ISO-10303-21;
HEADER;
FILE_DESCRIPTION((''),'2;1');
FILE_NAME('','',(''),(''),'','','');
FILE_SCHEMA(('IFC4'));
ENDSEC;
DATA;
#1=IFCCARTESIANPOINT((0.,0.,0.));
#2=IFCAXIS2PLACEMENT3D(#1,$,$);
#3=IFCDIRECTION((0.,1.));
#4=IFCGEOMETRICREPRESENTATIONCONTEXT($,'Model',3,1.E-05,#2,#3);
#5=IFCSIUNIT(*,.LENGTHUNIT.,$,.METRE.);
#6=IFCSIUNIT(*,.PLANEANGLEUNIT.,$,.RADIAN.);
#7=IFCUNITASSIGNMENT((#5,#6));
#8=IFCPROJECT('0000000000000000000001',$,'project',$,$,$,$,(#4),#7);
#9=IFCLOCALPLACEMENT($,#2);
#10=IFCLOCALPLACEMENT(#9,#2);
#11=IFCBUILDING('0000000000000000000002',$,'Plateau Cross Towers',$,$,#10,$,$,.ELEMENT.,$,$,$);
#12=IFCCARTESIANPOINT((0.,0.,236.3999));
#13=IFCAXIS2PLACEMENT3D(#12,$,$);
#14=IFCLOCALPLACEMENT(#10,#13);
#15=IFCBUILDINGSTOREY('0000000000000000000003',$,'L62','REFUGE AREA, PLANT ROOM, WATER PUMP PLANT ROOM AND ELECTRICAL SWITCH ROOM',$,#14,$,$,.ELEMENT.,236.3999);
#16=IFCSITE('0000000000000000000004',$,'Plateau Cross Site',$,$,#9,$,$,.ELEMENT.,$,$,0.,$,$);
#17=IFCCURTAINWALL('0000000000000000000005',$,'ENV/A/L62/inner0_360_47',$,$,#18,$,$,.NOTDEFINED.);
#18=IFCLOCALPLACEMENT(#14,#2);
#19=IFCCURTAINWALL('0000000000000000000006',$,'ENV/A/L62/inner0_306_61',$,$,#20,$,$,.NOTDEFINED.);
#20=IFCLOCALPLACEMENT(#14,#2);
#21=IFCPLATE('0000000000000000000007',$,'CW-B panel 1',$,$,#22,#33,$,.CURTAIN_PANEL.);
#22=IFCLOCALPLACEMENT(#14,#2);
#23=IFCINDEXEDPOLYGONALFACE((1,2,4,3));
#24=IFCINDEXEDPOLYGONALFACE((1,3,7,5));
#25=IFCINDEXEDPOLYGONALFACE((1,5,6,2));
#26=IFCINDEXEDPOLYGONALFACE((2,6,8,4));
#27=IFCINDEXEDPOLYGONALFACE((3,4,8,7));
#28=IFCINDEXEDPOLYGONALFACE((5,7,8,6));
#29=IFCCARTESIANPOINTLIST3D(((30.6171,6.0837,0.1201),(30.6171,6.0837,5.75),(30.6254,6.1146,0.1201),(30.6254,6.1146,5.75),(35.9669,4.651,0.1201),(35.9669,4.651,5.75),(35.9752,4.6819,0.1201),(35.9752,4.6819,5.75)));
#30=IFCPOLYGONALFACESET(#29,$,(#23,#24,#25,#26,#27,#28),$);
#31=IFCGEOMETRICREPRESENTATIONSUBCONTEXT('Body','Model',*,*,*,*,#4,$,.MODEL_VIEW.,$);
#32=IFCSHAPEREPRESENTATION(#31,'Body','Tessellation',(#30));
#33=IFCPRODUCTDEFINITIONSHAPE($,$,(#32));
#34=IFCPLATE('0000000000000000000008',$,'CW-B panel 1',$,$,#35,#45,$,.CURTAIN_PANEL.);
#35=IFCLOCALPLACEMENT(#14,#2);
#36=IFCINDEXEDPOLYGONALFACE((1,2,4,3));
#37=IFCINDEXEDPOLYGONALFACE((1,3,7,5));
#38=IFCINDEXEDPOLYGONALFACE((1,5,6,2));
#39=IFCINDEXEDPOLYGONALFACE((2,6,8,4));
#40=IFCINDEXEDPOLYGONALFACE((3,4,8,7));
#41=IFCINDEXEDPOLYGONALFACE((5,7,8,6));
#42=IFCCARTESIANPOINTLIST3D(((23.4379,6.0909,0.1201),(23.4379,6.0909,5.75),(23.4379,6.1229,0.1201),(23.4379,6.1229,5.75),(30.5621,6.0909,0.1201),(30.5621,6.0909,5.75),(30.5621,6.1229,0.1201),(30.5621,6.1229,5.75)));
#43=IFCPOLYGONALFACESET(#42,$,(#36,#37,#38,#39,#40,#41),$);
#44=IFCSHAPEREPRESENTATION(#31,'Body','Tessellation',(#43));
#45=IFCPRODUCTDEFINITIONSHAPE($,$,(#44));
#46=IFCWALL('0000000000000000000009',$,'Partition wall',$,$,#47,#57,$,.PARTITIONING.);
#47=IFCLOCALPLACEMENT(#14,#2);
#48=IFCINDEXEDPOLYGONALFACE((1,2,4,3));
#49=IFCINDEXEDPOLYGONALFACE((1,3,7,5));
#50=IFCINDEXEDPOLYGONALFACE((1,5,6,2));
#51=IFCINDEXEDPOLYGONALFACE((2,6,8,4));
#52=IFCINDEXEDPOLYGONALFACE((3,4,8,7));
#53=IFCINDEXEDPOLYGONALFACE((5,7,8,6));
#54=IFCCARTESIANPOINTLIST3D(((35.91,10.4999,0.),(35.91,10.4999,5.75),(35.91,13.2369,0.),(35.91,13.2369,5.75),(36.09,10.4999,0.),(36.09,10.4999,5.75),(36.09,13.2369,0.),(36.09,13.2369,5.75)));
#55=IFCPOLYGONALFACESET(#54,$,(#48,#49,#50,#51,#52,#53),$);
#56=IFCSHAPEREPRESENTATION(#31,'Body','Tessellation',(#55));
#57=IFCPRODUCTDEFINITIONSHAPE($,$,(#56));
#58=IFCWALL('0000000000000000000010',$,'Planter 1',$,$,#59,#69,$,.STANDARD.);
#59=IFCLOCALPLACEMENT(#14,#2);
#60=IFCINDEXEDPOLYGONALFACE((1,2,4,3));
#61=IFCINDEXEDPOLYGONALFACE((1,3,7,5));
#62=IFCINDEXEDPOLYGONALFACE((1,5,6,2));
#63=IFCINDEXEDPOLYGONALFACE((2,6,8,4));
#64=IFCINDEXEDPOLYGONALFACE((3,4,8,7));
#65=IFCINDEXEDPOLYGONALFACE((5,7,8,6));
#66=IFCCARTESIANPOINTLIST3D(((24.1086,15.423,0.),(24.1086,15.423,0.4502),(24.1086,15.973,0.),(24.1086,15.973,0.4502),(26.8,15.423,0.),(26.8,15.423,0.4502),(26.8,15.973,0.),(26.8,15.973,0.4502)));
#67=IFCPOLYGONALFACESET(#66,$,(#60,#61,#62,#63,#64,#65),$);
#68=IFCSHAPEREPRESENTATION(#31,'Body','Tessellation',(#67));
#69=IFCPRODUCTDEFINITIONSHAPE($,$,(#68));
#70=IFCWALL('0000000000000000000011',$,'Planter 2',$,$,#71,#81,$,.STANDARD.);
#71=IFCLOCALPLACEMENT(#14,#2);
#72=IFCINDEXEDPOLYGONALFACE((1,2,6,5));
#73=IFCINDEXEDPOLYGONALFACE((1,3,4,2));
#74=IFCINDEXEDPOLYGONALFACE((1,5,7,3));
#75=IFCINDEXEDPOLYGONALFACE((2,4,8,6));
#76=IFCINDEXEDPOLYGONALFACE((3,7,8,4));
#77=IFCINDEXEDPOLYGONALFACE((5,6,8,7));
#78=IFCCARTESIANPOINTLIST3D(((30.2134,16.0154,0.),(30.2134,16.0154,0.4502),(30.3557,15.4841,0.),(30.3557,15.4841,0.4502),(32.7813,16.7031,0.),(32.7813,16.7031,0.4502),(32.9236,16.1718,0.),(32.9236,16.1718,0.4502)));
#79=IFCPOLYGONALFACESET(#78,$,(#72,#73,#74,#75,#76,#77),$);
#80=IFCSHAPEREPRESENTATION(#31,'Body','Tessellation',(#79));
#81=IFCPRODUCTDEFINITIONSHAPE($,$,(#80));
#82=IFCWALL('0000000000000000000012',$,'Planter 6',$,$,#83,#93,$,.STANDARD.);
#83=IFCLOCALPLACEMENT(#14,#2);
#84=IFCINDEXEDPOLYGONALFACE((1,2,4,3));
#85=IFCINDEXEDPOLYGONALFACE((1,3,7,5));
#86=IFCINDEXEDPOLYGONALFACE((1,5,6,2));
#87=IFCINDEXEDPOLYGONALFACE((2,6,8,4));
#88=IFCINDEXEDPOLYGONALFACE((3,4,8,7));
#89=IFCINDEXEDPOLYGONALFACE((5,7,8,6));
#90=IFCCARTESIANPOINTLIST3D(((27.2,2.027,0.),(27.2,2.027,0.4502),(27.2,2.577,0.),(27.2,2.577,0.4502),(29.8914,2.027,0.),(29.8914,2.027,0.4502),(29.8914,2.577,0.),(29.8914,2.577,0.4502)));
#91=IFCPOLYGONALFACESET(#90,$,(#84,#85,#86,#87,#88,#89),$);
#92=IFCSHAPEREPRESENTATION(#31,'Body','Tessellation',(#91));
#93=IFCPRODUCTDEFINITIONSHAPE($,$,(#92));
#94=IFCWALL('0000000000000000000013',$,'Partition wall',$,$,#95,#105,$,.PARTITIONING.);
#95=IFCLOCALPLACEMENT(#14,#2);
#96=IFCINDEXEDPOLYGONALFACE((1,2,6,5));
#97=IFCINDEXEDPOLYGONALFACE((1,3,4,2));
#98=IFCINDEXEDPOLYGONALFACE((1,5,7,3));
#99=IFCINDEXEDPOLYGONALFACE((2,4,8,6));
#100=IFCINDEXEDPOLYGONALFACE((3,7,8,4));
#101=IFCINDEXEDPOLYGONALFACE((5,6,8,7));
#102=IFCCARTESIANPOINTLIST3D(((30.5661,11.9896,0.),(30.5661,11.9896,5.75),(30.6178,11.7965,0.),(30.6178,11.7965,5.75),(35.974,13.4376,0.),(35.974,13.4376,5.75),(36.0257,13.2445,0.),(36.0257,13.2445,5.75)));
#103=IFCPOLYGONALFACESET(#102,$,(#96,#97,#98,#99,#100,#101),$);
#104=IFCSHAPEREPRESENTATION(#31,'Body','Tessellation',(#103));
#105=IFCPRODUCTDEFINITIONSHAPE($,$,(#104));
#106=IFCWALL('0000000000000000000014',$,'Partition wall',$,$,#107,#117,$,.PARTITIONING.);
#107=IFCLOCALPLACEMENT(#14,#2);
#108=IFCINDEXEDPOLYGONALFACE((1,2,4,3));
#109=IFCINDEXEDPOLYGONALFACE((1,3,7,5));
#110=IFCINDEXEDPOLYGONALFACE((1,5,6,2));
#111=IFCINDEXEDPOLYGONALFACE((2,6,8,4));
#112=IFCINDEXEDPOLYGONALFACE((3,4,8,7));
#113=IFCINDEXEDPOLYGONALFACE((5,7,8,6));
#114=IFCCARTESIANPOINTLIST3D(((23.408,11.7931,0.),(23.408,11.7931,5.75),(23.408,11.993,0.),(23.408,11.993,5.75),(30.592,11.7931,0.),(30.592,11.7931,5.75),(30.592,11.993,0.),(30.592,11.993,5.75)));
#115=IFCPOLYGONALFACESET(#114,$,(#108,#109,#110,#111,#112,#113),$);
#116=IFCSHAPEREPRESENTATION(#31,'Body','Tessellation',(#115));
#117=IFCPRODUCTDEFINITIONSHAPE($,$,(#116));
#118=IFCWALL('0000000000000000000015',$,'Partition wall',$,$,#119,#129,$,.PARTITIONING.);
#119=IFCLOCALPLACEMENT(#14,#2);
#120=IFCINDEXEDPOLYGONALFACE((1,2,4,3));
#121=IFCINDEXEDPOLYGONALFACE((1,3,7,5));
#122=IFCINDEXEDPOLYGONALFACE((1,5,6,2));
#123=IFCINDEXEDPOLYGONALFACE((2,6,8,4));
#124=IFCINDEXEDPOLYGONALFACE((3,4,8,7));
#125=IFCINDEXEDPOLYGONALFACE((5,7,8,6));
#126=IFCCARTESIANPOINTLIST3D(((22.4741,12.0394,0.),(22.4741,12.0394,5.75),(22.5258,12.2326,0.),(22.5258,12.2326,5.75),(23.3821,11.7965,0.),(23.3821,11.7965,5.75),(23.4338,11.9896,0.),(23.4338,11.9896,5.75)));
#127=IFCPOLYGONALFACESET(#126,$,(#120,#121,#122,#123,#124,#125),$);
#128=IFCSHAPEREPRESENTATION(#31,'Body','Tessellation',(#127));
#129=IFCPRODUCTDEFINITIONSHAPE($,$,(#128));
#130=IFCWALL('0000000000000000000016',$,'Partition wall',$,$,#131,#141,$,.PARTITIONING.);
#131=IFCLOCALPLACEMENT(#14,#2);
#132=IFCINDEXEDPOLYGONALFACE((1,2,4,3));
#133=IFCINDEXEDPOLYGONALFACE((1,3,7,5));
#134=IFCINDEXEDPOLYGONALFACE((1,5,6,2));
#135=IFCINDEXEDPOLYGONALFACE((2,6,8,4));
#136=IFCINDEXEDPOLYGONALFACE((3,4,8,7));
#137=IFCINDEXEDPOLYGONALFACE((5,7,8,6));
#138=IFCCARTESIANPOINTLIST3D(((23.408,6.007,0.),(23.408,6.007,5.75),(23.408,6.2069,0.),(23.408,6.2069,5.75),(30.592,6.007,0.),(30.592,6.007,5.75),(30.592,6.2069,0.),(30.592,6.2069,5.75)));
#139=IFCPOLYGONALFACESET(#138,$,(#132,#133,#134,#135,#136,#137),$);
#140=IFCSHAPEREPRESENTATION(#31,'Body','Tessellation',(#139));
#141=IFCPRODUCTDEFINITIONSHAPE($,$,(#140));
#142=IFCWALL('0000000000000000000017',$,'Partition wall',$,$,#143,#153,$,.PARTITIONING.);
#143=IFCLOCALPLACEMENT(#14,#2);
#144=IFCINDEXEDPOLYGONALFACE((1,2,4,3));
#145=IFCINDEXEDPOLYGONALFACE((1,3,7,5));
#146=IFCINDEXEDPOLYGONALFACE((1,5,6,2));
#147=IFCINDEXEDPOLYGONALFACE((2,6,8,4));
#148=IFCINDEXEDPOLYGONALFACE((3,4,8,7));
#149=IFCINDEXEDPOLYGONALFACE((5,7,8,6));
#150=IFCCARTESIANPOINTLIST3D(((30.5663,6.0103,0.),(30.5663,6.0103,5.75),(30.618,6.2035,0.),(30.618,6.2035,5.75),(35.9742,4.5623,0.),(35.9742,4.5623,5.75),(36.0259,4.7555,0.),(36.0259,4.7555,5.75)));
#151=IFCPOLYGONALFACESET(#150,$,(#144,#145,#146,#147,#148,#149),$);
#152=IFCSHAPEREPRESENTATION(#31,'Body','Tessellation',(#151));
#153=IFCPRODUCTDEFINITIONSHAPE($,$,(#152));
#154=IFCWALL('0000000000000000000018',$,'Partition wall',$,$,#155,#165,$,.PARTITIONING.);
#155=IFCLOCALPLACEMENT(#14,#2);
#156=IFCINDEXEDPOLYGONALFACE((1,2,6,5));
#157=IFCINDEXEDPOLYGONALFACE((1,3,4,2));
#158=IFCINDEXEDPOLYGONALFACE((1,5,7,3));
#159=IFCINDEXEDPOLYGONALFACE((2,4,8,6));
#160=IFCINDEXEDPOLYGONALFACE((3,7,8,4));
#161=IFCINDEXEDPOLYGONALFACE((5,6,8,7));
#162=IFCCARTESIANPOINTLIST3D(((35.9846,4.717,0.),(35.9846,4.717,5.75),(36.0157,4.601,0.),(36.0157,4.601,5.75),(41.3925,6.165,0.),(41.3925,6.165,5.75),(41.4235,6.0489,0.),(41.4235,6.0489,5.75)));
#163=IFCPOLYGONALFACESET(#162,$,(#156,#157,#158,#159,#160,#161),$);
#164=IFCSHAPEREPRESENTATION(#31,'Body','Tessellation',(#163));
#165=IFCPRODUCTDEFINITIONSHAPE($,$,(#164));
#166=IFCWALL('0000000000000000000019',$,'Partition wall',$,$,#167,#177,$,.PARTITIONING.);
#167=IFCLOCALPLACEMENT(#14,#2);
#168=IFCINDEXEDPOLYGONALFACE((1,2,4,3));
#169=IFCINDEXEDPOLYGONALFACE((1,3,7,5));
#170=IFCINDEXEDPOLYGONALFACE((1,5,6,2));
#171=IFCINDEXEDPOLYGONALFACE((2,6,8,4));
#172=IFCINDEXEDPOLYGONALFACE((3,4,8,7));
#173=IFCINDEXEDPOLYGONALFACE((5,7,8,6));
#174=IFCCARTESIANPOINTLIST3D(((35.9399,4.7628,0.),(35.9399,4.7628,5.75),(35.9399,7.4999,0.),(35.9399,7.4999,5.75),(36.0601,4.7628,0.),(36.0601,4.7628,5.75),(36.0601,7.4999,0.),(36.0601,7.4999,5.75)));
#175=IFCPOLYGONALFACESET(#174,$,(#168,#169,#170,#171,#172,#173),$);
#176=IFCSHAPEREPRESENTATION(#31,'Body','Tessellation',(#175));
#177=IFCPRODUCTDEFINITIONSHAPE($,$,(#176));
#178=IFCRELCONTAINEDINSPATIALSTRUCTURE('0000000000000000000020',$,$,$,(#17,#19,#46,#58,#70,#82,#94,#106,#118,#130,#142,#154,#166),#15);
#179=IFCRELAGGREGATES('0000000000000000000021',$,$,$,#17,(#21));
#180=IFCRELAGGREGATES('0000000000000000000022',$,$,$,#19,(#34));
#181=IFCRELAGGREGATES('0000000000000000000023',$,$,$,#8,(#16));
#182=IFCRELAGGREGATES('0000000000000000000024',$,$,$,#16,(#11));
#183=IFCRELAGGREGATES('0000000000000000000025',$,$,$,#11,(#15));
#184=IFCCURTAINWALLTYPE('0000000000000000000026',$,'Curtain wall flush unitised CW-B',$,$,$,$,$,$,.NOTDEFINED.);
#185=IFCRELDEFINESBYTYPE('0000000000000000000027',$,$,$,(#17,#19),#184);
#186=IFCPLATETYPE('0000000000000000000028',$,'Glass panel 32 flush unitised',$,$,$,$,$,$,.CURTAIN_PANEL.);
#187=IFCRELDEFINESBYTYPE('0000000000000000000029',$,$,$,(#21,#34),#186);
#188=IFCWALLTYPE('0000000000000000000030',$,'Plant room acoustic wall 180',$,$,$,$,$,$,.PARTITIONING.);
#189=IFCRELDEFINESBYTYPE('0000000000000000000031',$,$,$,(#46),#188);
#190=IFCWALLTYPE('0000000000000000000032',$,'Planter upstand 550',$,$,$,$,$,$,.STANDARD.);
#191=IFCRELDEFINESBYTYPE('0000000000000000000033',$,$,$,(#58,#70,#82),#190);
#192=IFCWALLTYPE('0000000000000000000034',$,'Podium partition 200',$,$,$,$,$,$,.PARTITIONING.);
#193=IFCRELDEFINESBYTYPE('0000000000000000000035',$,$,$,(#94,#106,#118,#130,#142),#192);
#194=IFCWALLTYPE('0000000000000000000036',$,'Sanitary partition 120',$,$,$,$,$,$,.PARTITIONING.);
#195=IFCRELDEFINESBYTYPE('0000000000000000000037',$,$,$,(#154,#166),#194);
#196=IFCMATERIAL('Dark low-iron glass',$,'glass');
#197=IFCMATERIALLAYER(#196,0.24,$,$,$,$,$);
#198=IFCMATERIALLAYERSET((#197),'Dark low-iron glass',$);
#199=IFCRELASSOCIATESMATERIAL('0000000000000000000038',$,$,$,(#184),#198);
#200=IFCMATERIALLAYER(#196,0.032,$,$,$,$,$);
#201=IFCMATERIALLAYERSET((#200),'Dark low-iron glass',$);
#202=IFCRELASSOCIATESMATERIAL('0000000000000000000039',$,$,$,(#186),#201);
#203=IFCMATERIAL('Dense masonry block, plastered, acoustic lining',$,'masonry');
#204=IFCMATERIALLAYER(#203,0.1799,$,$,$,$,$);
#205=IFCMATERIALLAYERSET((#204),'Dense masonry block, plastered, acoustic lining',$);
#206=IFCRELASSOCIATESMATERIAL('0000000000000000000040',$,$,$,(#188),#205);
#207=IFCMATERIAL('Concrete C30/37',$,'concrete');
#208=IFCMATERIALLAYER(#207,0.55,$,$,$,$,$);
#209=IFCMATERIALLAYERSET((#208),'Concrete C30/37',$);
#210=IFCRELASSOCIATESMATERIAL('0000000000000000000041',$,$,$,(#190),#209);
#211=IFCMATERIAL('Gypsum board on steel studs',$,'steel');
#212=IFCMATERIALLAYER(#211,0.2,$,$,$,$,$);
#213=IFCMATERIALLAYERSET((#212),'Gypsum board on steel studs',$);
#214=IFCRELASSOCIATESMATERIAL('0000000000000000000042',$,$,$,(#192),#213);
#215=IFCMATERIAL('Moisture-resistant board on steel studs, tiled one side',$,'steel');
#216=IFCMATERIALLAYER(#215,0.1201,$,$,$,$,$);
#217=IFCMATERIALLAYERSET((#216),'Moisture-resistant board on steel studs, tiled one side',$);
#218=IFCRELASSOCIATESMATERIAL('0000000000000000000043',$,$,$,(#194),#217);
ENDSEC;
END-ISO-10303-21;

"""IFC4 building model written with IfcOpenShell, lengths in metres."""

from ifc_helpers import new_model, si_unit, direction, frame, frame_2d, origin, origin_2d, place, context, subcontext, project, spatial, rectangle, extrude, material, layer, layer_set, type_object, element, aggregate, save


model = new_model("IFC4")

# Units and contexts
model_context = context("Model", 3, precision=1e-05, world=origin(), true_north=direction((0.0, 1.0)))
body_context = subcontext(model_context, "Body", "Model", "MODEL_VIEW")
ifc_project = project(units=[si_unit("LENGTHUNIT", "METRE"), si_unit("PLANEANGLEUNIT", "RADIAN")], contexts=[model_context])

# Site, building, storey
site_placement = place(None, origin())
site = spatial("IfcSite", under=ifc_project, at=site_placement, Name="Plateau Cross Site", CompositionType="ELEMENT", RefElevation=0.0)
building_placement = place(site_placement, origin())
building = spatial("IfcBuilding", under=site, at=building_placement, Name="Plateau Cross Towers", CompositionType="ELEMENT")
storey_placement = place(building_placement, frame((0.0, 0.0, 236.3999)))
storey = spatial("IfcBuildingStorey", under=building, at=storey_placement, Name="L62", Description="REFUGE AREA, PLANT ROOM, WATER PUMP PLANT ROOM AND ELECTRICAL SWITCH ROOM", CompositionType="ELEMENT", Elevation=236.3999)

# Curtain wall
ifc_material_1 = material(Name="Dark low-iron glass", Category="glass")
ifc_layer_1 = layer(ifc_material_1, 0.24)
ifc_layer_set_1 = layer_set([ifc_layer_1], Name="Dark low-iron glass")
curtain_wall_type = type_object("IfcCurtainWallType", Name="Curtain wall flush unitised CW-B", PredefinedType="NOTDEFINED", material=ifc_layer_set_1)
curtain_wall_1_placement = place(storey_placement, origin())
curtain_wall_1 = element("IfcCurtainWall", 1, at=curtain_wall_1_placement, inside=storey, type_object=curtain_wall_type, Name="ENV/A/L62/inner0_360_47", PredefinedType="NOTDEFINED")

# Curtain wall
curtain_wall_2_placement = place(storey_placement, origin())
curtain_wall_2 = element("IfcCurtainWall", 2, at=curtain_wall_2_placement, inside=storey, type_object=curtain_wall_type, Name="ENV/A/L62/inner0_306_61", PredefinedType="NOTDEFINED")

# Shared definitions
ifc_layer_2 = layer(ifc_material_1, 0.032)
ifc_layer_set_2 = layer_set([ifc_layer_2], Name="Dark low-iron glass")
plate_type = type_object("IfcPlateType", Name="Glass panel 32 flush unitised", PredefinedType="CURTAIN_PANEL", material=ifc_layer_set_2)

# Plates
plate_1_placement = place(storey_placement, frame((33.2961, 5.3828, 0.1201), z_axis=(0.0, 0.0, 1.0), x_axis=(-0.965958, 0.258699, 0.0)))
plate_1 = element("IfcPlate", 3, at=plate_1_placement, type_object=plate_type, Name="CW-B panel 1", PredefinedType="CURTAIN_PANEL", context=body_context, shape_type="SweptSolid", body=[
    extrude(rectangle(XDim=5.5383, YDim=0.032, at=origin_2d()), origin(), (0.0, 0.0, 1.0), 5.6299),
])
aggregate(curtain_wall_1, [plate_1])
plate_2_placement = place(storey_placement, frame((27.0, 6.1069, 0.1201), z_axis=(0.0, 0.0, 1.0), x_axis=(-1.0, 0.0, 0.0)))
plate_2 = element("IfcPlate", 4, at=plate_2_placement, type_object=plate_type, Name="CW-B panel 1", PredefinedType="CURTAIN_PANEL", context=body_context, shape_type="SweptSolid", body=[
    extrude(rectangle(XDim=7.1243, YDim=0.032, at=origin_2d()), origin(), (0.0, 0.0, 1.0), 5.6299),
])
aggregate(curtain_wall_2, [plate_2])

# Walls
ifc_material_2 = material(Name="Dense masonry block, plastered, acoustic lining", Category="masonry")
ifc_layer_3 = layer(ifc_material_2, 0.1799)
ifc_layer_set_3 = layer_set([ifc_layer_3], Name="Dense masonry block, plastered, acoustic lining")
wall_type_1 = type_object("IfcWallType", Name="Plant room acoustic wall 180", PredefinedType="PARTITIONING", material=ifc_layer_set_3)
wall_1_placement = place(storey_placement, frame((36.0, 13.2371, 0.0), z_axis=(0.0, 0.0, 1.0), x_axis=(0.0, -1.0, 0.0)))
element("IfcWall", 5, at=wall_1_placement, inside=storey, type_object=wall_type_1, Name="Partition wall", PredefinedType="PARTITIONING", context=body_context, shape_type="SweptSolid", body=[
    extrude(rectangle(XDim=2.7371, YDim=0.1799, at=frame_2d((1.3687, 0.0))), origin(), (0.0, 0.0, 1.0), 5.75),
])
ifc_material_3 = material(Name="Concrete C30/37", Category="concrete")
ifc_layer_4 = layer(ifc_material_3, 0.55)
ifc_layer_set_4 = layer_set([ifc_layer_4], Name="Concrete C30/37")
wall_type_2 = type_object("IfcWallType", Name="Planter upstand 550", PredefinedType="STANDARD", material=ifc_layer_set_4)
wall_2_placement = place(storey_placement, frame((24.1086, 15.698, 0.0), z_axis=(0.0, 0.0, 1.0), x_axis=(1.0, 0.0, 0.0)))
element("IfcWall", 6, at=wall_2_placement, inside=storey, type_object=wall_type_2, Name="Planter 1", PredefinedType="STANDARD", context=body_context, shape_type="SweptSolid", body=[
    extrude(rectangle(XDim=2.6914, YDim=0.55, at=frame_2d((1.3457, 0.0))), origin(), (0.0, 0.0, 1.0), 0.4502),
])
wall_3_placement = place(storey_placement, frame((30.2847, 15.7498, 0.0), z_axis=(0.0, 0.0, 1.0), x_axis=(0.965955, 0.258709, 0.0)))
element("IfcWall", 7, at=wall_3_placement, inside=storey, type_object=wall_type_2, Name="Planter 2", PredefinedType="STANDARD", context=body_context, shape_type="SweptSolid", body=[
    extrude(rectangle(XDim=2.6584, YDim=0.55, at=frame_2d((1.3291, 0.0))), origin(), (0.0, 0.0, 1.0), 0.4502),
])
wall_4_placement = place(storey_placement, frame((29.8914, 2.302, 0.0), z_axis=(0.0, 0.0, 1.0), x_axis=(-1.0, 0.0, 0.0)))
element("IfcWall", 8, at=wall_4_placement, inside=storey, type_object=wall_type_2, Name="Planter 6", PredefinedType="STANDARD", context=body_context, shape_type="SweptSolid", body=[
    extrude(rectangle(XDim=2.6914, YDim=0.55, at=frame_2d((1.3457, 0.0))), origin(), (0.0, 0.0, 1.0), 0.4502),
])
ifc_material_4 = material(Name="Gypsum board on steel studs", Category="steel")
ifc_layer_5 = layer(ifc_material_4, 0.2)
ifc_layer_set_5 = layer_set([ifc_layer_5], Name="Gypsum board on steel studs")
wall_type_3 = type_object("IfcWallType", Name="Podium partition 200", PredefinedType="PARTITIONING", material=ifc_layer_set_5)
wall_5_placement = place(storey_placement, frame((36.0, 13.3411, 0.0), z_axis=(0.0, 0.0, 1.0), x_axis=(-0.965973, -0.258642, 0.0)))
element("IfcWall", 9, at=wall_5_placement, inside=storey, type_object=wall_type_3, Name="Partition wall", PredefinedType="PARTITIONING", context=body_context, shape_type="SweptSolid", body=[
    extrude(rectangle(XDim=5.5984, YDim=0.2, at=frame_2d((2.7993, 0.0))), origin(), (0.0, 0.0, 1.0), 5.75),
])
wall_6_placement = place(storey_placement, frame((30.592, 11.8931, 0.0), z_axis=(0.0, 0.0, 1.0), x_axis=(-1.0, 0.0, 0.0)))
element("IfcWall", 10, at=wall_6_placement, inside=storey, type_object=wall_type_3, Name="Partition wall", PredefinedType="PARTITIONING", context=body_context, shape_type="SweptSolid", body=[
    extrude(rectangle(XDim=7.1841, YDim=0.2, at=frame_2d((3.592, 0.0))), origin(), (0.0, 0.0, 1.0), 5.75),
])
wall_7_placement = place(storey_placement, frame((23.408, 11.8931, 0.0), z_axis=(0.0, 0.0, 1.0), x_axis=(-0.966023, 0.258455, 0.0)))
element("IfcWall", 11, at=wall_7_placement, inside=storey, type_object=wall_type_3, Name="Partition wall", PredefinedType="PARTITIONING", context=body_context, shape_type="SweptSolid", body=[
    extrude(rectangle(XDim=0.9399, YDim=0.2, at=frame_2d((0.47, 0.0))), origin(), (0.0, 0.0, 1.0), 5.75),
])
wall_8_placement = place(storey_placement, frame((23.408, 6.1069, 0.0), z_axis=(0.0, 0.0, 1.0), x_axis=(1.0, 0.0, 0.0)))
element("IfcWall", 12, at=wall_8_placement, inside=storey, type_object=wall_type_3, Name="Partition wall", PredefinedType="PARTITIONING", context=body_context, shape_type="SweptSolid", body=[
    extrude(rectangle(XDim=7.1841, YDim=0.2, at=frame_2d((3.592, 0.0))), origin(), (0.0, 0.0, 1.0), 5.75),
])
wall_9_placement = place(storey_placement, frame((30.592, 6.1069, 0.0), z_axis=(0.0, 0.0, 1.0), x_axis=(0.965973, -0.258642, 0.0)))
element("IfcWall", 13, at=wall_9_placement, inside=storey, type_object=wall_type_3, Name="Partition wall", PredefinedType="PARTITIONING", context=body_context, shape_type="SweptSolid", body=[
    extrude(rectangle(XDim=5.5984, YDim=0.2, at=frame_2d((2.7993, 0.0))), origin(), (0.0, 0.0, 1.0), 5.75),
])
ifc_material_5 = material(Name="Moisture-resistant board on steel studs, tiled one side", Category="steel")
ifc_layer_6 = layer(ifc_material_5, 0.1201)
ifc_layer_set_6 = layer_set([ifc_layer_6], Name="Moisture-resistant board on steel studs, tiled one side")
wall_type_4 = type_object("IfcWallType", Name="Sanitary partition 120", PredefinedType="PARTITIONING", material=ifc_layer_set_6)
wall_10_placement = place(storey_placement, frame((36.0, 4.6589, 0.0), z_axis=(0.0, 0.0, 1.0), x_axis=(0.965973, 0.258642, 0.0)))
element("IfcWall", 14, at=wall_10_placement, inside=storey, type_object=wall_type_4, Name="Partition wall", PredefinedType="PARTITIONING", context=body_context, shape_type="SweptSolid", body=[
    extrude(rectangle(XDim=5.5984, YDim=0.1201, at=frame_2d((2.7993, 0.0))), origin(), (0.0, 0.0, 1.0), 5.75),
])
wall_11_placement = place(storey_placement, frame((36.0, 7.5, 0.0), z_axis=(0.0, 0.0, 1.0), x_axis=(0.0, -1.0, 0.0)))
element("IfcWall", 15, at=wall_11_placement, inside=storey, type_object=wall_type_4, Name="Partition wall", PredefinedType="PARTITIONING", context=body_context, shape_type="SweptSolid", body=[
    extrude(rectangle(XDim=2.7371, YDim=0.1201, at=frame_2d((1.3687, 0.0))), origin(), (0.0, 0.0, 1.0), 5.75),
])

save(model, "model.ifc")
